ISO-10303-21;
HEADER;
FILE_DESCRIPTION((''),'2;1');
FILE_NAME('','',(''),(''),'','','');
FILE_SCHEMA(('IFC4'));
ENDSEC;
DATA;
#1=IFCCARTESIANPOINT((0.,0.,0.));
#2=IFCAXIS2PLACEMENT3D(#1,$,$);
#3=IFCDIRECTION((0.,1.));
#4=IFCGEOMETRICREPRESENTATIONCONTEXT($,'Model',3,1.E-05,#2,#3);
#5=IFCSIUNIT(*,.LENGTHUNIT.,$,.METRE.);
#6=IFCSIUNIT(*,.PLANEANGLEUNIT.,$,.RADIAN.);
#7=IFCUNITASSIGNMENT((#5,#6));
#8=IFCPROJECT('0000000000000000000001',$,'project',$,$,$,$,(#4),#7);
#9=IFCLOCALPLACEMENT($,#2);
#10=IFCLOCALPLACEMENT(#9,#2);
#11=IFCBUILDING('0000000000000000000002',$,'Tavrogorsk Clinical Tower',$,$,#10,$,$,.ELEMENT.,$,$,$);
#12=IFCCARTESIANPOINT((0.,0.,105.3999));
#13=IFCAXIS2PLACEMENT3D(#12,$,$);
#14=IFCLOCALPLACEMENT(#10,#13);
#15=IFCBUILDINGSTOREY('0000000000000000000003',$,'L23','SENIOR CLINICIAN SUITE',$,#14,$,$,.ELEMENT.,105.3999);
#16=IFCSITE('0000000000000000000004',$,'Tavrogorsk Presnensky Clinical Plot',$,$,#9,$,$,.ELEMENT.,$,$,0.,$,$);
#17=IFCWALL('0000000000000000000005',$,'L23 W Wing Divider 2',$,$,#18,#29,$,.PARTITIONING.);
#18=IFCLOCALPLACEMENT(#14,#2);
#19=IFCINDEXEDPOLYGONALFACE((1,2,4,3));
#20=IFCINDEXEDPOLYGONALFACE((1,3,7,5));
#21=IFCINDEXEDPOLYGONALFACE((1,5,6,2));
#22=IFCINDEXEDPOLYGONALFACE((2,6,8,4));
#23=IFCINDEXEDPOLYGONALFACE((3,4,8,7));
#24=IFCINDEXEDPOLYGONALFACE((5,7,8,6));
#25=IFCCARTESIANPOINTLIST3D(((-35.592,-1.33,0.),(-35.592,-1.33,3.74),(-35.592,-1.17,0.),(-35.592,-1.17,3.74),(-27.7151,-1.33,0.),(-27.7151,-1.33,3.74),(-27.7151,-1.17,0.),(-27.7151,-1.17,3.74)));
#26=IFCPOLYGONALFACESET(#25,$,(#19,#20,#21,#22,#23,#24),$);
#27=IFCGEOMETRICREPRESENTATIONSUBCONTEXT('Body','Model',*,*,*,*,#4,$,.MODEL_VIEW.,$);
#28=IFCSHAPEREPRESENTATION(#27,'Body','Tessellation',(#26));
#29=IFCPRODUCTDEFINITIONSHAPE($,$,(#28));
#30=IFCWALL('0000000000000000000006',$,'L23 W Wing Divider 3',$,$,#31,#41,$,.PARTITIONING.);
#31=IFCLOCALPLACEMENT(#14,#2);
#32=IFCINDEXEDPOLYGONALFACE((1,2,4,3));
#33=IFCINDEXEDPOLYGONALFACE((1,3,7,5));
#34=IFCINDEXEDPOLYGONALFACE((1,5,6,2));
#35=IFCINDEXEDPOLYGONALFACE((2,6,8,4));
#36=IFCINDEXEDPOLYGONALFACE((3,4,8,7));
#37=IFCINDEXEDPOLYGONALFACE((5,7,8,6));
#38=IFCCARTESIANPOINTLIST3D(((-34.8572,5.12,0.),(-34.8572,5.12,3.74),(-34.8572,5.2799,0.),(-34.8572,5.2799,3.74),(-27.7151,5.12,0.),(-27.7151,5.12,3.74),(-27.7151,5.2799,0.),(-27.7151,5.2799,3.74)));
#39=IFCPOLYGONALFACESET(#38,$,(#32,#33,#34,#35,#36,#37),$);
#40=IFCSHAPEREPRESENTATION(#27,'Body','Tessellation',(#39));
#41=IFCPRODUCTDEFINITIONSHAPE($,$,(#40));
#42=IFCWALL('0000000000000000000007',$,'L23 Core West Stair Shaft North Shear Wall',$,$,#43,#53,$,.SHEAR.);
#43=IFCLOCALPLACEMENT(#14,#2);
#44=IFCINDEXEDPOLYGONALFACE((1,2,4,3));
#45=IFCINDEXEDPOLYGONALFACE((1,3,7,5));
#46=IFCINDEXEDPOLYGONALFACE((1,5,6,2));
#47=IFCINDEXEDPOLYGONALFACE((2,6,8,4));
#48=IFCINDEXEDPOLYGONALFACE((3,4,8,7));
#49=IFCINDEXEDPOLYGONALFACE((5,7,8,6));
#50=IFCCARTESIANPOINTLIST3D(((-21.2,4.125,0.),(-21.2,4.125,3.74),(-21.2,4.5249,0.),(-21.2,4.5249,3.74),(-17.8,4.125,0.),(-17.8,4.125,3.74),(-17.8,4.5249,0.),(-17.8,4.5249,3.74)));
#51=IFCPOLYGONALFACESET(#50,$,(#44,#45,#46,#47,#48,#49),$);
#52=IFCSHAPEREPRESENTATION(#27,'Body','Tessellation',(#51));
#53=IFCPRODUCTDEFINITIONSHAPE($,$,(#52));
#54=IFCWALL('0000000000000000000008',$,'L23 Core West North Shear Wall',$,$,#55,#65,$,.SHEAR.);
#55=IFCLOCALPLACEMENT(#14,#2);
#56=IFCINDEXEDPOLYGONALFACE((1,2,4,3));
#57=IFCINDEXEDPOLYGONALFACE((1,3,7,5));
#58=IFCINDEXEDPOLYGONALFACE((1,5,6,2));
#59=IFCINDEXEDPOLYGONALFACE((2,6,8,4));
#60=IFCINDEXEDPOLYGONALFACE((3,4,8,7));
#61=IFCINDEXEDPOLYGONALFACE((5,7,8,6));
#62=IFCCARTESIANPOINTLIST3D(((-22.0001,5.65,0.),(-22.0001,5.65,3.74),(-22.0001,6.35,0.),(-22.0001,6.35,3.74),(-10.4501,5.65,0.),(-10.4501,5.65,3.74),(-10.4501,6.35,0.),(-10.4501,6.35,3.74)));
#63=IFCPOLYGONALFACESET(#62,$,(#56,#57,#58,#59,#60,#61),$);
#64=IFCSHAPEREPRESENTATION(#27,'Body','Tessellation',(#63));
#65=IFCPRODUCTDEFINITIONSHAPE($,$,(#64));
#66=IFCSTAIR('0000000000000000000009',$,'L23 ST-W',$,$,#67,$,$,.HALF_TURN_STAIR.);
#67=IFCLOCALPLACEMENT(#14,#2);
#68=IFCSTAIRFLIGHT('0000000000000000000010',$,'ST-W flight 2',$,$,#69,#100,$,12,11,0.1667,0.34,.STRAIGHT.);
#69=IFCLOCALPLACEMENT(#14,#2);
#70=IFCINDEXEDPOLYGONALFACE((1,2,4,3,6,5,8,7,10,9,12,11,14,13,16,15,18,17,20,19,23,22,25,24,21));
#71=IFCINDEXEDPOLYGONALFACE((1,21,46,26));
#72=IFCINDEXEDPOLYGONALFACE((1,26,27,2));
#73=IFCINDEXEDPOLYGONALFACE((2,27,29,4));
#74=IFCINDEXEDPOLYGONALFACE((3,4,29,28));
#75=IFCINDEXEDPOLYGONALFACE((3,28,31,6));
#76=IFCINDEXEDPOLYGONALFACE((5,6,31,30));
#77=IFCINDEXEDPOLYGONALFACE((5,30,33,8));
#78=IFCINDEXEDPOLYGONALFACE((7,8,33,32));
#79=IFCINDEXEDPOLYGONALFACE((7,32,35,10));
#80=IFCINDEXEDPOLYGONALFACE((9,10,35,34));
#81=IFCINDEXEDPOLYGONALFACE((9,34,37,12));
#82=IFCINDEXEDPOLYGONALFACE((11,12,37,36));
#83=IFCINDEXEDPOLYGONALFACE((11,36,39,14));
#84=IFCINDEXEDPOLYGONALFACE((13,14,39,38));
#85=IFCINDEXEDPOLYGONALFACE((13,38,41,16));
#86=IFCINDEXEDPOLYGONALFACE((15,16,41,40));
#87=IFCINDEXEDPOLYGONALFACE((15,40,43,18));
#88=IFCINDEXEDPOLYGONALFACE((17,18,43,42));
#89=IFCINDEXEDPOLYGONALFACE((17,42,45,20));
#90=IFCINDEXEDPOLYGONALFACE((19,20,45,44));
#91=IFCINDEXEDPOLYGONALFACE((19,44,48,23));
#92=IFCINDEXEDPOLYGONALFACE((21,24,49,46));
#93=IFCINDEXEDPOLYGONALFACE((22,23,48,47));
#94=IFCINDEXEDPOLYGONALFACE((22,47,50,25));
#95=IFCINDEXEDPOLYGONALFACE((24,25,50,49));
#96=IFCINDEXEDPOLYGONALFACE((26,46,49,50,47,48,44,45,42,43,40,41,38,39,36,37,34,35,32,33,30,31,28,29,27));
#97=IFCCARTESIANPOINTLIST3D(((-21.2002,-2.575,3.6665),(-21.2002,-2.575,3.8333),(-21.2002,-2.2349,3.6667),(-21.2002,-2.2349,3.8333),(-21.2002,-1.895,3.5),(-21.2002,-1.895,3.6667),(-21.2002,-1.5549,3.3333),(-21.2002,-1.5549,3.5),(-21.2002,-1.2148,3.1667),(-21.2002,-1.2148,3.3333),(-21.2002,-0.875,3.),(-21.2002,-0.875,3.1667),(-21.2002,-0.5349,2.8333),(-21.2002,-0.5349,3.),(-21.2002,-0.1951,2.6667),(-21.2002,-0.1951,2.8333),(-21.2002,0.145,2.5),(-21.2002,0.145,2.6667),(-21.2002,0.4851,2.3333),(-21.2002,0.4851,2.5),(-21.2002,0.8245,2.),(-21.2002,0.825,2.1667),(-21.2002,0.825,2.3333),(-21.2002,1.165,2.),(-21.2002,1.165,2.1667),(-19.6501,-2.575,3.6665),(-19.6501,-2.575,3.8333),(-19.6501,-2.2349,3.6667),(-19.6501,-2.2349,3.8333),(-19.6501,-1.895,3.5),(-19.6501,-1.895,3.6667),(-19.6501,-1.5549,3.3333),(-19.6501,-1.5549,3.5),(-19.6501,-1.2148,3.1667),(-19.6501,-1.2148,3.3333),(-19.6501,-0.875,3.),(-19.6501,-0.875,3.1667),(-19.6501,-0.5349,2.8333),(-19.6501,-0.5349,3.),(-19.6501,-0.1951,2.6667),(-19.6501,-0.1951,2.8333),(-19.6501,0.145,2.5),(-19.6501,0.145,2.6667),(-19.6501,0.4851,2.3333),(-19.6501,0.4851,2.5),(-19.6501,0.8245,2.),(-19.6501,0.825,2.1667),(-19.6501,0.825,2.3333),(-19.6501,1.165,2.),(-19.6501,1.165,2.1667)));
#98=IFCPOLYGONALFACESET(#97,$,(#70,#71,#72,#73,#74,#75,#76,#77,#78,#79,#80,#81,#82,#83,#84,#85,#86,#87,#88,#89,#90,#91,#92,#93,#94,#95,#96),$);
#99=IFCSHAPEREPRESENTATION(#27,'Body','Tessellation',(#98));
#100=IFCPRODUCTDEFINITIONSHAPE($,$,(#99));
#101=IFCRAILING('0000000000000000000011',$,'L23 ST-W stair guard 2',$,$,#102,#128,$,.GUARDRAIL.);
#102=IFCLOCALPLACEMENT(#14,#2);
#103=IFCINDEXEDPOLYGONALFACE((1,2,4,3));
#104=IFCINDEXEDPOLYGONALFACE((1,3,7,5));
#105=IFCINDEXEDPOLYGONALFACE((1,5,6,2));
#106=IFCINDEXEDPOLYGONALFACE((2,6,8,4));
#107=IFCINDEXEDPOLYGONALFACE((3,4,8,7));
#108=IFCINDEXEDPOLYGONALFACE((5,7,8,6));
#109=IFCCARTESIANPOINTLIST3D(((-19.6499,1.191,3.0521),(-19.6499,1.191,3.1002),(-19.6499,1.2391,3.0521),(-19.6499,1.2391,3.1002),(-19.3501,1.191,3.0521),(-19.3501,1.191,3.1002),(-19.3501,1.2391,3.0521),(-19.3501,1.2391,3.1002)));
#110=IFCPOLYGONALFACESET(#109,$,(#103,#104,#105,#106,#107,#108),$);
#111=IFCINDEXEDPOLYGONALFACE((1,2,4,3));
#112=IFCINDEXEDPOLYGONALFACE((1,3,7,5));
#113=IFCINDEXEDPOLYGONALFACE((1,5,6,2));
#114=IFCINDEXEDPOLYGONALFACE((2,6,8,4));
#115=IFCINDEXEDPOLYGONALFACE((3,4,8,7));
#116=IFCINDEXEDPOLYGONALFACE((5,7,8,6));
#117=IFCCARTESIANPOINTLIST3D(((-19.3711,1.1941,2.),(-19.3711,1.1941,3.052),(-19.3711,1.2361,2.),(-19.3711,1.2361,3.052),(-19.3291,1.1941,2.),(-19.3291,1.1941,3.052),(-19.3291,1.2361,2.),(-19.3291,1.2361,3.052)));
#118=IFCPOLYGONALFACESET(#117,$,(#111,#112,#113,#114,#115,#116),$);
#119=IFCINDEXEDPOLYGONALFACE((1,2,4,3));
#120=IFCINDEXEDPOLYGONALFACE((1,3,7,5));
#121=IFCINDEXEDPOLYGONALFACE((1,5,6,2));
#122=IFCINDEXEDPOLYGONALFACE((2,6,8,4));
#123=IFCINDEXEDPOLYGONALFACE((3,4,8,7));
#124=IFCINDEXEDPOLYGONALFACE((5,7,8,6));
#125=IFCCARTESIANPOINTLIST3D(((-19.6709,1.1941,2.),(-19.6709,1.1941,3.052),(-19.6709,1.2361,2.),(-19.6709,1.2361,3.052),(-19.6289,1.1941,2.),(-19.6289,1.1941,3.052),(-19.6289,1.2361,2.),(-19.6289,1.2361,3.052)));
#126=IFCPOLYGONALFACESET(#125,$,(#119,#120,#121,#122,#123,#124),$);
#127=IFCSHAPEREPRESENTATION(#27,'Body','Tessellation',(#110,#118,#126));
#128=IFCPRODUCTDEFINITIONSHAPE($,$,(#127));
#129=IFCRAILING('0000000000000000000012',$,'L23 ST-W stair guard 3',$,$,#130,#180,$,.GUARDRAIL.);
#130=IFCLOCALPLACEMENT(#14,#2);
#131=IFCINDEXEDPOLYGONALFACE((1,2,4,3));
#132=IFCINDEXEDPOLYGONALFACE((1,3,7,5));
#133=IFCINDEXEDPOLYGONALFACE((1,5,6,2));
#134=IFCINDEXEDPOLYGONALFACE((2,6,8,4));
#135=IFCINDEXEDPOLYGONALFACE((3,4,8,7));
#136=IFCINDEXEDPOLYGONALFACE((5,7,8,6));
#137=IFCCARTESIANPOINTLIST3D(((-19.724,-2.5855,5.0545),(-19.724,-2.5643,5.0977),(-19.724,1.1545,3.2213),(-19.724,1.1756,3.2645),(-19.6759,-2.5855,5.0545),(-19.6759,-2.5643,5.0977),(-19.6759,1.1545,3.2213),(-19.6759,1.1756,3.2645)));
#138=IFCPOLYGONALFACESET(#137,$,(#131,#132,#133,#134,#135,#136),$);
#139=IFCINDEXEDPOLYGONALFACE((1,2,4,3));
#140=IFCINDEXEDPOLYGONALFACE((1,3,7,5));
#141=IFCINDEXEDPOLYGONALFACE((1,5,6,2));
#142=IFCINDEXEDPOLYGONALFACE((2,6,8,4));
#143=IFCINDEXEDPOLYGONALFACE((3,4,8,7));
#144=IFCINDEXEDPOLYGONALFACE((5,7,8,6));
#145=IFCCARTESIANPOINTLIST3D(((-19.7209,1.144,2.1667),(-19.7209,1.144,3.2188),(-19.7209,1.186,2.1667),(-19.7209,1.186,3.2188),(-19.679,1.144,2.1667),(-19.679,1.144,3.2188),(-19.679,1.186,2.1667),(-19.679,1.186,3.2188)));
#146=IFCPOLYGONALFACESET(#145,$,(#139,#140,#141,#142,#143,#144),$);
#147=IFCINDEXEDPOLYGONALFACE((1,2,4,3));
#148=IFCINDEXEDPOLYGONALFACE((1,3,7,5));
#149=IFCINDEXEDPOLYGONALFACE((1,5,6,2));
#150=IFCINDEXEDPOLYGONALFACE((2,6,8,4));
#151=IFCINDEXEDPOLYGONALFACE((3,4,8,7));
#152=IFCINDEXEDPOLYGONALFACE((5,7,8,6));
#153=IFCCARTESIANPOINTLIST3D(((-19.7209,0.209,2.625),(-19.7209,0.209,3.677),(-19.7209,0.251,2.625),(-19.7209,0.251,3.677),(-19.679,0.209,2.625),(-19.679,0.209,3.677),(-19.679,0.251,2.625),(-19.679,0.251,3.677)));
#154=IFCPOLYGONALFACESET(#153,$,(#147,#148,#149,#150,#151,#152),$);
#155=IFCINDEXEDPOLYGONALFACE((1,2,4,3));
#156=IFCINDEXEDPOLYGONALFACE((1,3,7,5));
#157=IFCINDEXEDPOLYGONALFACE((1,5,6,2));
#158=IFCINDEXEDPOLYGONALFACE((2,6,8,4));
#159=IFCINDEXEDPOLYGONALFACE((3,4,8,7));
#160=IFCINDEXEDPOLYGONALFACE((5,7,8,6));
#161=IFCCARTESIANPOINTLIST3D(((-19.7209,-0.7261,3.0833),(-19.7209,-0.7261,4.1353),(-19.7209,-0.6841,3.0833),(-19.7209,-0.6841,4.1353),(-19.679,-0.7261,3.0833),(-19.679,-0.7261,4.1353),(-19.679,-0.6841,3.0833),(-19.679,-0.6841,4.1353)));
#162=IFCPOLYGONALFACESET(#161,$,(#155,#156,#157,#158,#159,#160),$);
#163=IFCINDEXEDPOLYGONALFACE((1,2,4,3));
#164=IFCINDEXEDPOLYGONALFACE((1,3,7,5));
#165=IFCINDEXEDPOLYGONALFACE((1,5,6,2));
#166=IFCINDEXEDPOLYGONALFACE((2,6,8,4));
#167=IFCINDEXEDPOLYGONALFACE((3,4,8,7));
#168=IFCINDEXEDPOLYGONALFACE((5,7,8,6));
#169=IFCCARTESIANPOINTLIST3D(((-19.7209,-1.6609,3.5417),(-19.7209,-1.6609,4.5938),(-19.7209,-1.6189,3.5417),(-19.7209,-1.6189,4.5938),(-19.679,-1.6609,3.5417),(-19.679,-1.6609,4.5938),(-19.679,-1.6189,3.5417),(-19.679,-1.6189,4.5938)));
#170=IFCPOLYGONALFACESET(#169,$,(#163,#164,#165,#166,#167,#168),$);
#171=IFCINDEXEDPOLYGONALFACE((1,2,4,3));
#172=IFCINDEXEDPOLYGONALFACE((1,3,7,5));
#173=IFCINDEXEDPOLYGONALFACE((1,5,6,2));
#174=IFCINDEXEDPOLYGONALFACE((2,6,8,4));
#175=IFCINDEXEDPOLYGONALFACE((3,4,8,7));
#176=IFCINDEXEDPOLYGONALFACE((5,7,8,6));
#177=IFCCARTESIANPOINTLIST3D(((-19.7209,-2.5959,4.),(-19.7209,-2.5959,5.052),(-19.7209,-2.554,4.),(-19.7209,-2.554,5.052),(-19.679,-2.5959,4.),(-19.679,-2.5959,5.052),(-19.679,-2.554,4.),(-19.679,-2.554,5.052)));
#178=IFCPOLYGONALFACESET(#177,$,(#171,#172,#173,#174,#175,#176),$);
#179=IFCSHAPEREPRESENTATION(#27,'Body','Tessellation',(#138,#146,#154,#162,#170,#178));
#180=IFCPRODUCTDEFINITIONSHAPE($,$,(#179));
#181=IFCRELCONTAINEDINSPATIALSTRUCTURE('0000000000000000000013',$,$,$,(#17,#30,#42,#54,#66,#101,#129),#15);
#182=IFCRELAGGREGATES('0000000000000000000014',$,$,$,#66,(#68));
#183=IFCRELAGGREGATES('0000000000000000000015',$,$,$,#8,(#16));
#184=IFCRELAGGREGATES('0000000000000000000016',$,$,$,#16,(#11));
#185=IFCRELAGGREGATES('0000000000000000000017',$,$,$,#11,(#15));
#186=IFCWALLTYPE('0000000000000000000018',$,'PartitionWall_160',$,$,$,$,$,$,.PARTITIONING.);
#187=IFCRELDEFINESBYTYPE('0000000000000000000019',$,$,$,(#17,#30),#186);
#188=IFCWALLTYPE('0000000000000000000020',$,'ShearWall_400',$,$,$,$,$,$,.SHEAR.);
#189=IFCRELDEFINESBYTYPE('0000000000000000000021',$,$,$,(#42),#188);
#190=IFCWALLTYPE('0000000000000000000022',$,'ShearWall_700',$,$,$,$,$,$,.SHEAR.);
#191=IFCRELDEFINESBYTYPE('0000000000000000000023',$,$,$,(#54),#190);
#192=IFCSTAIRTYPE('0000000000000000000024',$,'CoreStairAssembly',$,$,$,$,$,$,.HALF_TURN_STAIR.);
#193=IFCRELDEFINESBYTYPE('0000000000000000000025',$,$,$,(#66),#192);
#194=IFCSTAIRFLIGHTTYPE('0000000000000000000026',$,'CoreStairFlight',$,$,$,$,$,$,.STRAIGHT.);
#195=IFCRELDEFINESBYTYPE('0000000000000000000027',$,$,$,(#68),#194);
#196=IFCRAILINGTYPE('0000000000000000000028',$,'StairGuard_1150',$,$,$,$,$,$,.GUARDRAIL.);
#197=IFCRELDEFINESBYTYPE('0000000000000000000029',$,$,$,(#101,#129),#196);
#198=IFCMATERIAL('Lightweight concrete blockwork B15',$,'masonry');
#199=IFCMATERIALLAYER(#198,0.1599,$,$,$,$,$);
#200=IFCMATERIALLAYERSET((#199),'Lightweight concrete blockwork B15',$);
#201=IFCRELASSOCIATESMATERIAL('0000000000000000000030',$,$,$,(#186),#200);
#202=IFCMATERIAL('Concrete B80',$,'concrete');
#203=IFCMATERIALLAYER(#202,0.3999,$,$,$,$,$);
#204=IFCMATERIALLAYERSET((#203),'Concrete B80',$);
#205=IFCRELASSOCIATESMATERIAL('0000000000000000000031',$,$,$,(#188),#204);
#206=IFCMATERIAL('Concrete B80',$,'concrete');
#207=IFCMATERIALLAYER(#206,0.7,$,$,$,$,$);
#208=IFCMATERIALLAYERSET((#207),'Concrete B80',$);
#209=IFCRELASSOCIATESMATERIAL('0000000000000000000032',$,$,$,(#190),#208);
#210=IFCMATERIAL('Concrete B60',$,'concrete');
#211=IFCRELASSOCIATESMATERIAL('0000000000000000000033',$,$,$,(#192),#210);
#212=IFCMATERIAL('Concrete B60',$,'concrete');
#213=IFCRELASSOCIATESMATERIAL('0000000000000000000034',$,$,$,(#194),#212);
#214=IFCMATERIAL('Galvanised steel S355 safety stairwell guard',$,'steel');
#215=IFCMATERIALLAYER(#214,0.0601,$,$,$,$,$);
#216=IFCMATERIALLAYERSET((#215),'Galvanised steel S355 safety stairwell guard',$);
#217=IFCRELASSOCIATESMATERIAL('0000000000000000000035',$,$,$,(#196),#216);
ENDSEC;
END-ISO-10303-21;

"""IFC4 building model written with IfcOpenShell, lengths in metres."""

from ifc_helpers import new_model, si_unit, direction, frame, frame_2d, origin, origin_2d, place, context, subcontext, project, spatial, polyline, rectangle, outline, extrude, material, layer, layer_set, type_object, element, aggregate, save


model = new_model("IFC4")

# Units and contexts
model_context = context("Model", 3, precision=1e-05, world=origin(), true_north=direction((0.0, 1.0)))
body_context = subcontext(model_context, "Body", "Model", "MODEL_VIEW")
ifc_project = project(units=[si_unit("LENGTHUNIT", "METRE"), si_unit("PLANEANGLEUNIT", "RADIAN")], contexts=[model_context])

# Site, building, storey
site_placement = place(None, origin())
site = spatial("IfcSite", under=ifc_project, at=site_placement, Name="Tavrogorsk Presnensky Clinical Plot", CompositionType="ELEMENT", RefElevation=0.0)
building_placement = place(site_placement, origin())
building = spatial("IfcBuilding", under=site, at=building_placement, Name="Tavrogorsk Clinical Tower", CompositionType="ELEMENT")
storey_placement = place(building_placement, frame((0.0, 0.0, 105.3999)))
storey = spatial("IfcBuildingStorey", under=building, at=storey_placement, Name="L23", Description="SENIOR CLINICIAN SUITE", CompositionType="ELEMENT", Elevation=105.3999)

# Shared definitions
ifc_material_1 = material(Name="Lightweight concrete blockwork B15", Category="masonry")
ifc_layer_1 = layer(ifc_material_1, 0.1599)
ifc_layer_set_1 = layer_set([ifc_layer_1], Name="Lightweight concrete blockwork B15")
wall_type_1 = type_object("IfcWallType", Name="PartitionWall_160", PredefinedType="PARTITIONING", material=ifc_layer_set_1)

# Walls
wall_1_placement = place(storey_placement, frame((-35.592, -1.25, 0.0), z_axis=(0.0, 0.0, 1.0), x_axis=(1.0, 0.0, 0.0)))
element("IfcWall", 1, at=wall_1_placement, inside=storey, type_object=wall_type_1, Name="L23 W Wing Divider 2", PredefinedType="PARTITIONING", context=body_context, shape_type="SweptSolid", body=[
    extrude(rectangle(XDim=7.877, YDim=0.1599, at=frame_2d((3.9385, 0.0))), origin(), (0.0, 0.0, 1.0), 3.74),
])
wall_2_placement = place(storey_placement, frame((-34.8572, 5.2, 0.0), z_axis=(0.0, 0.0, 1.0), x_axis=(1.0, 0.0, 0.0)))
element("IfcWall", 2, at=wall_2_placement, inside=storey, type_object=wall_type_1, Name="L23 W Wing Divider 3", PredefinedType="PARTITIONING", context=body_context, shape_type="SweptSolid", body=[
    extrude(rectangle(XDim=7.1421, YDim=0.1599, at=frame_2d((3.571, 0.0))), origin(), (0.0, 0.0, 1.0), 3.74),
])
ifc_material_2 = material(Name="Concrete B80", Category="concrete")
ifc_layer_2 = layer(ifc_material_2, 0.3999)
ifc_layer_set_2 = layer_set([ifc_layer_2], Name="Concrete B80")
wall_type_2 = type_object("IfcWallType", Name="ShearWall_400", PredefinedType="SHEAR", material=ifc_layer_set_2)
wall_3_placement = place(storey_placement, frame((-21.2, 4.325, 0.0), z_axis=(0.0, 0.0, 1.0), x_axis=(1.0, 0.0, 0.0)))
element("IfcWall", 3, at=wall_3_placement, inside=storey, type_object=wall_type_2, Name="L23 Core West Stair Shaft North Shear Wall", PredefinedType="SHEAR", context=body_context, shape_type="SweptSolid", body=[
    extrude(rectangle(XDim=3.3999, YDim=0.3999, at=frame_2d((1.7, 0.0))), origin(), (0.0, 0.0, 1.0), 3.74),
])
ifc_material_3 = material(Name="Concrete B80", Category="concrete")
ifc_layer_3 = layer(ifc_material_3, 0.7)
ifc_layer_set_3 = layer_set([ifc_layer_3], Name="Concrete B80")
wall_type_3 = type_object("IfcWallType", Name="ShearWall_700", PredefinedType="SHEAR", material=ifc_layer_set_3)
wall_4_placement = place(storey_placement, frame((-22.0, 6.0, 0.0), z_axis=(0.0, 0.0, 1.0), x_axis=(1.0, 0.0, 0.0)))
element("IfcWall", 4, at=wall_4_placement, inside=storey, type_object=wall_type_3, Name="L23 Core West North Shear Wall", PredefinedType="SHEAR", context=body_context, shape_type="SweptSolid", body=[
    extrude(rectangle(XDim=11.55, YDim=0.7, at=frame_2d((5.7749, 0.0))), origin(), (0.0, 0.0, 1.0), 3.74),
])

# Stair, stair flight
ifc_material_4 = material(Name="Concrete B60", Category="concrete")
stair_type = type_object("IfcStairType", Name="CoreStairAssembly", PredefinedType="HALF_TURN_STAIR", material=ifc_material_4)
stair_placement = place(storey_placement, origin())
stair = element("IfcStair", 5, at=stair_placement, inside=storey, type_object=stair_type, Name="L23 ST-W", PredefinedType="HALF_TURN_STAIR")
ifc_material_5 = material(Name="Concrete B60", Category="concrete")
stair_flight_type = type_object("IfcStairFlightType", Name="CoreStairFlight", PredefinedType="STRAIGHT", material=ifc_material_5)
stair_flight_placement = place(storey_placement, frame((-20.425, 1.165, 2.0), z_axis=(0.0, 0.0, 1.0), x_axis=(0.0, -1.0, 0.0)))
stair_flight = element("IfcStairFlight", 6, at=stair_flight_placement, type_object=stair_flight_type, Name="ST-W flight 2", NumberOfRisers=12, NumberOfTreads=11, PredefinedType="STRAIGHT", RiserHeight=0.1667, TreadLength=0.34, context=body_context, shape_type="SweptSolid", body=[
    extrude(outline(polyline([(0.0, 0.0), (0.0, 0.1667), (0.3401, 0.1667), (0.3401, 0.3333), (0.6799, 0.3333), (0.6799, 0.5), (1.02, 0.5), (1.02, 0.6667), (1.3601, 0.6667), (1.3601, 0.8333), (1.7, 0.8333), (1.7, 1.0), (2.04, 1.0), (2.04, 1.1667), (2.3799, 1.1667), (2.3799, 1.3333), (2.72, 1.3333), (2.72, 1.5), (3.0601, 1.5), (3.0601, 1.6667), (3.3999, 1.6667), (3.3999, 1.8333), (3.74, 1.8333), (3.74, 2.0), (3.74, 1.6665), (0.3406, 0.0), (0.0, 0.0)])), frame((0.0, 0.7749, 0.0), z_axis=(0.0, -1.0, 0.0), x_axis=(1.0, 0.0, 0.0)), (0.0, 0.0, 1.0), 1.55),
])
aggregate(stair, [stair_flight])

# Railings
ifc_material_6 = material(Name="Galvanised steel S355 safety stairwell guard", Category="steel")
ifc_layer_4 = layer(ifc_material_6, 0.0601)
ifc_layer_set_4 = layer_set([ifc_layer_4], Name="Galvanised steel S355 safety stairwell guard")
railing_type_1 = type_object("IfcRailingType", Name="StairGuard_1150", PredefinedType="GUARDRAIL", material=ifc_layer_set_4)
railing_1_placement = place(storey_placement, frame((-19.3501, 1.2151, 2.0)))
element("IfcRailing", 7, at=railing_1_placement, inside=storey, type_object=railing_type_1, Name="L23 ST-W stair guard 2", PredefinedType="GUARDRAIL", context=body_context, shape_type="SweptSolid", body=[
    extrude(rectangle(XDim=0.0481, YDim=0.0481, at=origin_2d()), frame((0.0, 0.0, 1.0762), z_axis=(-1.0, 0.0, 0.0), x_axis=(0.0, -1.0, 0.0)), (0.0, 0.0, 1.0), 0.2998),
    extrude(rectangle(XDim=0.042, YDim=0.042, at=origin_2d()), origin(), (0.0, 0.0, 1.0), 1.052),
    extrude(rectangle(XDim=0.042, YDim=0.042, at=origin_2d()), frame((-0.2998, 0.0, 0.0)), (0.0, 0.0, 1.0), 1.052),
])
railing_2_placement = place(storey_placement, frame((-19.7, 1.165, 2.1667)))
element("IfcRailing", 8, at=railing_2_placement, inside=storey, type_object=railing_type_1, Name="L23 ST-W stair guard 3", PredefinedType="GUARDRAIL", context=body_context, shape_type="SweptSolid", body=[
    extrude(rectangle(XDim=0.0481, YDim=0.0481, at=origin_2d()), frame((0.0, 0.0, 1.0762), z_axis=(0.0, -0.897928, 0.440142), x_axis=(1.0, 0.0, 0.0)), (0.0, 0.0, 1.0), 4.165),
    extrude(rectangle(XDim=0.042, YDim=0.042, at=origin_2d()), origin(), (0.0, 0.0, 1.0), 1.052),
    extrude(rectangle(XDim=0.042, YDim=0.042, at=origin_2d()), frame((0.0, -0.9351, 0.4583)), (0.0, 0.0, 1.0), 1.052),
    extrude(rectangle(XDim=0.042, YDim=0.042, at=origin_2d()), frame((0.0, -1.8701, 0.9165)), (0.0, 0.0, 1.0), 1.052),
    extrude(rectangle(XDim=0.042, YDim=0.042, at=origin_2d()), frame((0.0, -2.8049, 1.375)), (0.0, 0.0, 1.0), 1.052),
    extrude(rectangle(XDim=0.042, YDim=0.042, at=origin_2d()), frame((0.0, -3.74, 1.8333)), (0.0, 0.0, 1.0), 1.052),
])

save(model, "model.ifc")
